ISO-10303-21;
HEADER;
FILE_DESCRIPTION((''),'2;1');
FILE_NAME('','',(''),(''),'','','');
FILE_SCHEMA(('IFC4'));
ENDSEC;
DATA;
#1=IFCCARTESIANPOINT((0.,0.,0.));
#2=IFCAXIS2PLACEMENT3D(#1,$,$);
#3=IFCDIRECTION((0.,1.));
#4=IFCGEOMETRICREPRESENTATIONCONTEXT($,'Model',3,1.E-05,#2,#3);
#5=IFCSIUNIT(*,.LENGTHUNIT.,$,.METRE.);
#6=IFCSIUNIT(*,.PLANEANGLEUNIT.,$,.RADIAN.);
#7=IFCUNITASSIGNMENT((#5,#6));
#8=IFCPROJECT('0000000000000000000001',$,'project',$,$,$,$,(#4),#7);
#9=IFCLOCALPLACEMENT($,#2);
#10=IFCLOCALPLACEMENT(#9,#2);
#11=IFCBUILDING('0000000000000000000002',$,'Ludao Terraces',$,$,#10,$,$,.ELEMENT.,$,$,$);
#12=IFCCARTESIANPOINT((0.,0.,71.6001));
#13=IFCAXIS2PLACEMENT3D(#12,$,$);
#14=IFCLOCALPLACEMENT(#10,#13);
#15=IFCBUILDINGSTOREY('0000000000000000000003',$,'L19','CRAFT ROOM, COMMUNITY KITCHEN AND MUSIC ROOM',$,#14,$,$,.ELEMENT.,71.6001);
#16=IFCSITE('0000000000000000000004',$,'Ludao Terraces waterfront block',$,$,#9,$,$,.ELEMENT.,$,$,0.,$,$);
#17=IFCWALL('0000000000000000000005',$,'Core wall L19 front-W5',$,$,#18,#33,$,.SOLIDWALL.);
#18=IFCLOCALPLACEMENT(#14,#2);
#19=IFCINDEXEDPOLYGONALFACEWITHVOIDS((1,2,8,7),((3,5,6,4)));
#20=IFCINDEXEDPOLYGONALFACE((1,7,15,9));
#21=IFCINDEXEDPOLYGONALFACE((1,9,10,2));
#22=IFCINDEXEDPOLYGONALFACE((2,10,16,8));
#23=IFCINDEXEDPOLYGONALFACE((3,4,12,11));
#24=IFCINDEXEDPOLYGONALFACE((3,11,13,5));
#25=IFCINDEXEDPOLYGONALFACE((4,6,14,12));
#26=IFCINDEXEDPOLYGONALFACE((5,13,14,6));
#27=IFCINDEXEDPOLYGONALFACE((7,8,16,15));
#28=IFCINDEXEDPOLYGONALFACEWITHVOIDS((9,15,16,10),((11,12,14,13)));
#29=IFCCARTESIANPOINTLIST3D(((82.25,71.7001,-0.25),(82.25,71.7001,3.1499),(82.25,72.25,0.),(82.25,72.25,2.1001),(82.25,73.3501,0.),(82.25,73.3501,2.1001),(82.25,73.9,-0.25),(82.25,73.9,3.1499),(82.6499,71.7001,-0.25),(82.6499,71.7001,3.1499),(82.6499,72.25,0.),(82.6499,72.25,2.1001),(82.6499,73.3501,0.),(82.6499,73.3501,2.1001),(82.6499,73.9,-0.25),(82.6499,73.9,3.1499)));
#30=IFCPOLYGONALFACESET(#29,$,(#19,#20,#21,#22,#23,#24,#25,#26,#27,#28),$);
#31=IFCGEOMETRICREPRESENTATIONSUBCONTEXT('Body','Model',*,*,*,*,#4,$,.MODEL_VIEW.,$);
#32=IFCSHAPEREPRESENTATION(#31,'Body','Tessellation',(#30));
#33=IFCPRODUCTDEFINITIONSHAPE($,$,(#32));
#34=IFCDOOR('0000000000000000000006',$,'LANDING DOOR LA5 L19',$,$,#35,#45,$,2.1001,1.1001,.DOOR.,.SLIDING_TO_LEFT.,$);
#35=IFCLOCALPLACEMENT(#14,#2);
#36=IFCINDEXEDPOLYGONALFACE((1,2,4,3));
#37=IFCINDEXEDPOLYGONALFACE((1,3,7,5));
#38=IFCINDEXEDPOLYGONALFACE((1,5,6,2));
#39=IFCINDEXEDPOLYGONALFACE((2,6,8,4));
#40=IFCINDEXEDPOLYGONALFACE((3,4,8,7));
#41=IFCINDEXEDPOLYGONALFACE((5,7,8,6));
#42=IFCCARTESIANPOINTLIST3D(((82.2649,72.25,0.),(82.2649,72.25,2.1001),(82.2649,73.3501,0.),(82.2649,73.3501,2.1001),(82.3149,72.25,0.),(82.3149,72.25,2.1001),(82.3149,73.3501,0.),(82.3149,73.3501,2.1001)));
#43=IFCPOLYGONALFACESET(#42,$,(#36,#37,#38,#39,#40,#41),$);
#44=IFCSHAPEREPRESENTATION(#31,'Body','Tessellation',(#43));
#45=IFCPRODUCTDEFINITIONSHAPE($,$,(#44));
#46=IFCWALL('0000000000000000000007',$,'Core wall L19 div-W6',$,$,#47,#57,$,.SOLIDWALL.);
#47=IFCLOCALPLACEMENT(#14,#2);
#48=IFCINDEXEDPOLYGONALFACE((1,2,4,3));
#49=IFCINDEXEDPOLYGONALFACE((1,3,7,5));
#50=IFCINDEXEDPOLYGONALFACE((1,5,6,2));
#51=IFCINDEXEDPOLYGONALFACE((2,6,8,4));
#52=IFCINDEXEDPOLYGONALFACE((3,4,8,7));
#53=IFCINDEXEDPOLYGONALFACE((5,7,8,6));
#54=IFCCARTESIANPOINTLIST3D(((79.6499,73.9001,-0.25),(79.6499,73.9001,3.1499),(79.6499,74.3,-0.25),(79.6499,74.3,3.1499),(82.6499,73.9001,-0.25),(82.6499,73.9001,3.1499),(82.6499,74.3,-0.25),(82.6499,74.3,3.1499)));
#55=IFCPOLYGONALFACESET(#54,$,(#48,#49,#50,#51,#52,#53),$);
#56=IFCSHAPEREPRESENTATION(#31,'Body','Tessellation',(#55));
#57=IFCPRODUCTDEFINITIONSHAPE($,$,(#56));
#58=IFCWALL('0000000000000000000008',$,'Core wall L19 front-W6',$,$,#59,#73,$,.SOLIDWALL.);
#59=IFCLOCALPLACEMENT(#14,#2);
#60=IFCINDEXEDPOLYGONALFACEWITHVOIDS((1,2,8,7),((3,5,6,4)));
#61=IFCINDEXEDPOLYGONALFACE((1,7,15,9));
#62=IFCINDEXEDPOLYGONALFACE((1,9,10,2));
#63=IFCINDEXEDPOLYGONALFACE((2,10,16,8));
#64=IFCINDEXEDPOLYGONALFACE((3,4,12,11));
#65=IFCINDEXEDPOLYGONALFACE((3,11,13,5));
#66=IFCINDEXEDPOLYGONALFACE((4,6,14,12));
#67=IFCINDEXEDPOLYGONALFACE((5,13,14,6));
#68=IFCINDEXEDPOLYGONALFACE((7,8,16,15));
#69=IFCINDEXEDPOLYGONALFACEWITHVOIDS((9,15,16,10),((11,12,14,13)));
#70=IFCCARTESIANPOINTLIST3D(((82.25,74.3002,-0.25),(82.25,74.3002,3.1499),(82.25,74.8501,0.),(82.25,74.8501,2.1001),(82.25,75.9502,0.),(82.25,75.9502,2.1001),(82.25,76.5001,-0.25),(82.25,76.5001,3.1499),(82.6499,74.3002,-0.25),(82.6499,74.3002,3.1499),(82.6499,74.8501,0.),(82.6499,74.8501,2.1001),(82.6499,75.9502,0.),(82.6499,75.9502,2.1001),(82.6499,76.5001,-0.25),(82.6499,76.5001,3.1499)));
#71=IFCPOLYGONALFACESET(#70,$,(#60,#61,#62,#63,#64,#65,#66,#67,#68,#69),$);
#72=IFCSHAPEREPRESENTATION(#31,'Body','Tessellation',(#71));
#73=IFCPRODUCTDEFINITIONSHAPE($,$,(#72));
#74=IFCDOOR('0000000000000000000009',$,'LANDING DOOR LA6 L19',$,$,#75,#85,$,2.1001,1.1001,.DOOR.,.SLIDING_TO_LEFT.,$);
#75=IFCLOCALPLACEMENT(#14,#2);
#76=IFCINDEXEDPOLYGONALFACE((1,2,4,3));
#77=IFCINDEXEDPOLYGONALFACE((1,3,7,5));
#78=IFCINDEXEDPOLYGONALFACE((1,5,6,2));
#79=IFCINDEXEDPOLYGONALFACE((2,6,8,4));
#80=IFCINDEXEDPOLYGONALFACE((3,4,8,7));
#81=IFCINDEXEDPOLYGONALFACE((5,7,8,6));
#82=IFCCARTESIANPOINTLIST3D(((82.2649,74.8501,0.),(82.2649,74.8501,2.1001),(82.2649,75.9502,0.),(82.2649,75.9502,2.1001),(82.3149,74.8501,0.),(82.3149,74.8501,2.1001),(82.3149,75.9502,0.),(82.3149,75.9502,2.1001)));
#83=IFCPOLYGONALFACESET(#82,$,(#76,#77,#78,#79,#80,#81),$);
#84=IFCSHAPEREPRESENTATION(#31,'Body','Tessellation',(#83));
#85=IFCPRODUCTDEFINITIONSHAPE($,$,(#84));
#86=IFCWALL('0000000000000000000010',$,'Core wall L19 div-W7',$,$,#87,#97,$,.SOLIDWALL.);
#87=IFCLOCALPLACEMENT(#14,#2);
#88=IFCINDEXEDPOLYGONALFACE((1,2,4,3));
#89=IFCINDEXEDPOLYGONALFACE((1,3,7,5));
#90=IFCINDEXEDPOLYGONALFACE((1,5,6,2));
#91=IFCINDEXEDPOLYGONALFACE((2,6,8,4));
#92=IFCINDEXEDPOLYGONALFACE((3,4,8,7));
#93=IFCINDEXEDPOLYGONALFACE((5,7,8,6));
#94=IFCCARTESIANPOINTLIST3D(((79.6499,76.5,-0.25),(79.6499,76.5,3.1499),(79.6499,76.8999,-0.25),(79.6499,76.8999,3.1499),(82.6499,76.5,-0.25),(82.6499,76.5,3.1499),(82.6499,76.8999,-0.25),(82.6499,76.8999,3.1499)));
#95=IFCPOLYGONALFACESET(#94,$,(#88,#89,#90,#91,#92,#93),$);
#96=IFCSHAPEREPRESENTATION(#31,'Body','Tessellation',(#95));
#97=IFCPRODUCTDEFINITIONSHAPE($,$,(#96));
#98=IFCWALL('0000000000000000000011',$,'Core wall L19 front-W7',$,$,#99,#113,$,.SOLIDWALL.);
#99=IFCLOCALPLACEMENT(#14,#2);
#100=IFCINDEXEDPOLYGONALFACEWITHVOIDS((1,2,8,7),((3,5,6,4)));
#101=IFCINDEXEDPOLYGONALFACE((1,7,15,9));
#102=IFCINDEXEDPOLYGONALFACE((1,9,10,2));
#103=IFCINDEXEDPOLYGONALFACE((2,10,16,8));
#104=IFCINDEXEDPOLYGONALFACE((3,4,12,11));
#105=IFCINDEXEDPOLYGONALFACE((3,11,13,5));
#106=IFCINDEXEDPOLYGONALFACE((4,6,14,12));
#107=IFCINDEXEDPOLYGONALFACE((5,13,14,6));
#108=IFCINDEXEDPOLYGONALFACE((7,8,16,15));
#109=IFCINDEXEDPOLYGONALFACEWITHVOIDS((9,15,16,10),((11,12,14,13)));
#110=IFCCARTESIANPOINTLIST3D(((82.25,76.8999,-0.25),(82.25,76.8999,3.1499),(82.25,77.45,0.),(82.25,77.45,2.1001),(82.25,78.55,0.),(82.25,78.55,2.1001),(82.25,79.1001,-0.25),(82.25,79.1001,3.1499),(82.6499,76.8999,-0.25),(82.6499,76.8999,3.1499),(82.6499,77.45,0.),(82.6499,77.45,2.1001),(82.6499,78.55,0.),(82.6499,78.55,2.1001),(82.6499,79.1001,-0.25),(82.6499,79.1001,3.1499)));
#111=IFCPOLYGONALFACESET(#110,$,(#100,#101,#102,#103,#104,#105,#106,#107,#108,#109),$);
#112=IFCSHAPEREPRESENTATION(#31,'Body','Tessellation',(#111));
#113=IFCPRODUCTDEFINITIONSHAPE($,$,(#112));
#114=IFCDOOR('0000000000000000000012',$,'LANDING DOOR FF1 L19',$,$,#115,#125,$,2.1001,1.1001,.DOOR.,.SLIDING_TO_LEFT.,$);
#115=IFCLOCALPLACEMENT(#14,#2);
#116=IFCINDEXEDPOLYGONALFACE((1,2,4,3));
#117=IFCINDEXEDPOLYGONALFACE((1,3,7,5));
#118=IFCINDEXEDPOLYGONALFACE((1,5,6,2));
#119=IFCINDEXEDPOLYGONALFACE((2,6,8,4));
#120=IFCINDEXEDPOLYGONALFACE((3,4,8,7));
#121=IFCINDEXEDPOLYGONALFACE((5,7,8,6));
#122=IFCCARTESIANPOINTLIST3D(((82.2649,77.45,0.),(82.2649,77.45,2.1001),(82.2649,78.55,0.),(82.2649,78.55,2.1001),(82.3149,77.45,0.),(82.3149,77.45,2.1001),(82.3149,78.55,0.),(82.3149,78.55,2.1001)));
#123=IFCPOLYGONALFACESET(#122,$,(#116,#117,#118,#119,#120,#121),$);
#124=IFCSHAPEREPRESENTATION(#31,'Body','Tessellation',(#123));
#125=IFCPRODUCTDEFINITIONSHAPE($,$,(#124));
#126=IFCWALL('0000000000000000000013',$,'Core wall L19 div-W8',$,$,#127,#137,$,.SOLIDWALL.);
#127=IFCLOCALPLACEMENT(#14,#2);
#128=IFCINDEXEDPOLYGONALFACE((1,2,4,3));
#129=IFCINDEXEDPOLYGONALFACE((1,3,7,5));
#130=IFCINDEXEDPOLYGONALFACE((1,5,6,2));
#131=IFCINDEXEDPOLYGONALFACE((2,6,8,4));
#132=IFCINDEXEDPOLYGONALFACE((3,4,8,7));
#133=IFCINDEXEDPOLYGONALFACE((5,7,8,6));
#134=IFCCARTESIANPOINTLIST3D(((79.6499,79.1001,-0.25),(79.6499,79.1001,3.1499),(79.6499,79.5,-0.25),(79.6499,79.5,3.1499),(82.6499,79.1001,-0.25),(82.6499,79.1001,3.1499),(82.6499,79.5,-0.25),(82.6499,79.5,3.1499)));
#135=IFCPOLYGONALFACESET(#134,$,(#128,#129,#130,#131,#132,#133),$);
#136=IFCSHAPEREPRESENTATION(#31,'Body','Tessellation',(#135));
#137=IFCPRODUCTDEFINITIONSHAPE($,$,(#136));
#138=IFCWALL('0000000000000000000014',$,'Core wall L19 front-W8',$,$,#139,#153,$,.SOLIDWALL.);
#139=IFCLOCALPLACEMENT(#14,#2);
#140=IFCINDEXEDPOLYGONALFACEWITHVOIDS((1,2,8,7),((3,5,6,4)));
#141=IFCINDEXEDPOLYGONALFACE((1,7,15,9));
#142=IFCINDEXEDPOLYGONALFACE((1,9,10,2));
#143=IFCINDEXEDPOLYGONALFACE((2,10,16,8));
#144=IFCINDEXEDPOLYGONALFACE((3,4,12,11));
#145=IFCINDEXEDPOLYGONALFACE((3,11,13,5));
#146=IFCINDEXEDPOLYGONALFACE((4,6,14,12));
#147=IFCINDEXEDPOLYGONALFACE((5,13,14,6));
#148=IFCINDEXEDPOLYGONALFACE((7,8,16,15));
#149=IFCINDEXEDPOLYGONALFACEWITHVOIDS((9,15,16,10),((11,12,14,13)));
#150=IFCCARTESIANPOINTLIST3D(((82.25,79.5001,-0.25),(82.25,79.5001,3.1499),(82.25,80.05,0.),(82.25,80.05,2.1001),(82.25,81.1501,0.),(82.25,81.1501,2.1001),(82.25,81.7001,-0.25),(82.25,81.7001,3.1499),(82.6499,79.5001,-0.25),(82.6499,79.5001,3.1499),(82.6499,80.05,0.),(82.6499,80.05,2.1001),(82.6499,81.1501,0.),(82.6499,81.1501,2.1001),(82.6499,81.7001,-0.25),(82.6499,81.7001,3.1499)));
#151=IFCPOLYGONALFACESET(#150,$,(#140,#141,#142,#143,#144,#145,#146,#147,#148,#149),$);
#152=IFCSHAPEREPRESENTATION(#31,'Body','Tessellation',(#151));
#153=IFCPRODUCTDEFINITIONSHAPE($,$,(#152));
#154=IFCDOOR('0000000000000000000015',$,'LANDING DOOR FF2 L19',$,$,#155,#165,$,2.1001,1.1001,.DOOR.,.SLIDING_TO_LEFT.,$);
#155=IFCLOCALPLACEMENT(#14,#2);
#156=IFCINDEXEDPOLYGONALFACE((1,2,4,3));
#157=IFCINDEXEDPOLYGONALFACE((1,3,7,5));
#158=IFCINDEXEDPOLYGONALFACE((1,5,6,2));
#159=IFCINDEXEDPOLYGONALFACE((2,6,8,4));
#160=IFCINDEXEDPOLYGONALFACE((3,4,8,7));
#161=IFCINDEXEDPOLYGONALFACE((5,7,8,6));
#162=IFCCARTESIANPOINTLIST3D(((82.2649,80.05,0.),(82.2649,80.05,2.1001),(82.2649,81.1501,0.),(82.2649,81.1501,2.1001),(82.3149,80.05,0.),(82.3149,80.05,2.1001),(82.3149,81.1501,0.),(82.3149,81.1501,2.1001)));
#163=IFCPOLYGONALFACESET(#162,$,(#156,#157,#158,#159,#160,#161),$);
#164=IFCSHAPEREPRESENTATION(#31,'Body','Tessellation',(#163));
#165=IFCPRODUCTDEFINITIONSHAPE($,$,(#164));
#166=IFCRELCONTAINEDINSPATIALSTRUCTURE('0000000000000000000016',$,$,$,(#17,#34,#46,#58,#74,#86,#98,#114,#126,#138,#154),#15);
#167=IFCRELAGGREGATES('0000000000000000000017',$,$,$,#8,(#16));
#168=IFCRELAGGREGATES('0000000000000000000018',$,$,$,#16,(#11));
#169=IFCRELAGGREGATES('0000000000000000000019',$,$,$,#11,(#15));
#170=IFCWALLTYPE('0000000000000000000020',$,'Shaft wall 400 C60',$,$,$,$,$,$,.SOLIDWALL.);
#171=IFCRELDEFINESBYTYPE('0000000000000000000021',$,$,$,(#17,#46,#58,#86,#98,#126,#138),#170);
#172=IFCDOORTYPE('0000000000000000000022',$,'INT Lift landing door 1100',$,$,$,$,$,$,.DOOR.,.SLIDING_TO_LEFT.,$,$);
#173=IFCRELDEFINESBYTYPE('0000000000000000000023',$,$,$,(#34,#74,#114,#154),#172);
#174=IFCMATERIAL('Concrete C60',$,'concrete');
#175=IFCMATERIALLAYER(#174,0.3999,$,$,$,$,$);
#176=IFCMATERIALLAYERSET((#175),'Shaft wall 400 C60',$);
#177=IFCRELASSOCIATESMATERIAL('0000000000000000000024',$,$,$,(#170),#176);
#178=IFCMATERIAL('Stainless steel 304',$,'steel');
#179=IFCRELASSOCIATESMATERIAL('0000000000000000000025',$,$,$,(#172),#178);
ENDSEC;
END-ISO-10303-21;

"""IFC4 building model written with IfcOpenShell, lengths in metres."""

from ifc_helpers import new_model, si_unit, direction, frame, frame_2d, origin, place, context, subcontext, project, spatial, rectangle, extrude, material, layer, layer_set, type_object, element, fill, save


model = new_model("IFC4")

# Units and contexts
model_context = context("Model", 3, precision=1e-05, world=origin(), true_north=direction((0.0, 1.0)))
body_context = subcontext(model_context, "Body", "Model", "MODEL_VIEW")
ifc_project = project(units=[si_unit("LENGTHUNIT", "METRE"), si_unit("PLANEANGLEUNIT", "RADIAN")], contexts=[model_context])

# Site, building, storey
site_placement = place(None, origin())
site = spatial("IfcSite", under=ifc_project, at=site_placement, Name="Ludao Terraces waterfront block", CompositionType="ELEMENT", RefElevation=0.0)
building_placement = place(site_placement, origin())
building = spatial("IfcBuilding", under=site, at=building_placement, Name="Ludao Terraces", CompositionType="ELEMENT")
storey_placement = place(building_placement, frame((0.0, 0.0, 71.6001)))
storey = spatial("IfcBuildingStorey", under=building, at=storey_placement, Name="L19", Description="CRAFT ROOM, COMMUNITY KITCHEN AND MUSIC ROOM", CompositionType="ELEMENT", Elevation=71.6001)

# Shared definitions
ifc_material_1 = material(Name="Concrete C60", Category="concrete")
ifc_layer_1 = layer(ifc_material_1, 0.3999)
ifc_layer_set_1 = layer_set([ifc_layer_1], Name="Shaft wall 400 C60")
wall_type_1 = type_object("IfcWallType", Name="Shaft wall 400 C60", PredefinedType="SOLIDWALL", material=ifc_layer_set_1)
ifc_material_2 = material(Name="Stainless steel 304", Category="steel")
door_type_1 = type_object("IfcDoorType", Name="INT Lift landing door 1100", OperationType="SLIDING_TO_LEFT", PredefinedType="DOOR", material=ifc_material_2)

# Wall, opening, door
wall_1_placement = place(storey_placement, frame((82.45, 71.7, -0.25), z_axis=(0.0, 0.0, 1.0), x_axis=(0.0, 1.0, 0.0)))
wall_1 = element("IfcWall", 1, at=wall_1_placement, inside=storey, type_object=wall_type_1, Name="Core wall L19 front-W5", PredefinedType="SOLIDWALL", context=body_context, shape_type="SweptSolid", body=[
    extrude(rectangle(XDim=2.2, YDim=0.3999, at=frame_2d((1.1001, 0.0))), origin(), (0.0, 0.0, 1.0), 3.3999),
])
opening_1_placement = place(wall_1_placement, frame((0.55, 0.0, 0.25)))
opening_1 = element("IfcOpeningElement", 2, at=opening_1_placement, cuts=wall_1, PredefinedType="OPENING", context=body_context, shape_type="SweptSolid", body=[
    extrude(rectangle(XDim=1.1001, YDim=2.1001, at=frame_2d((0.55, 1.05))), frame((0.0, 0.21, 0.0), z_axis=(0.0, -1.0, 0.0), x_axis=(1.0, 0.0, 0.0)), (0.0, 0.0, 1.0), 0.4199),
])
door_1_placement = place(opening_1_placement, origin())
door_1 = element("IfcDoor", 3, at=door_1_placement, inside=storey, type_object=door_type_1, Name="LANDING DOOR LA5 L19", OperationType="SLIDING_TO_LEFT", OverallHeight=2.1001, OverallWidth=1.1001, PredefinedType="DOOR", context=body_context, shape_type="SweptSolid", body=[
    extrude(rectangle(XDim=1.1001, YDim=2.1001, at=frame_2d((0.55, 1.05))), frame((0.0, 0.1851, 0.0), z_axis=(0.0, -1.0, 0.0), x_axis=(1.0, 0.0, 0.0)), (0.0, 0.0, 1.0), 0.05),
])
fill(opening_1, door_1)

# Wall
wall_2_placement = place(storey_placement, frame((79.6499, 74.1001, -0.25), z_axis=(0.0, 0.0, 1.0), x_axis=(1.0, 0.0, 0.0)))
element("IfcWall", 4, at=wall_2_placement, inside=storey, type_object=wall_type_1, Name="Core wall L19 div-W6", PredefinedType="SOLIDWALL", context=body_context, shape_type="SweptSolid", body=[
    extrude(rectangle(XDim=3.0, YDim=0.3999, at=frame_2d((1.5, 0.0))), origin(), (0.0, 0.0, 1.0), 3.3999),
])

# Wall, opening, door
wall_3_placement = place(storey_placement, frame((82.45, 74.3, -0.25), z_axis=(0.0, 0.0, 1.0), x_axis=(0.0, 1.0, 0.0)))
wall_3 = element("IfcWall", 5, at=wall_3_placement, inside=storey, type_object=wall_type_1, Name="Core wall L19 front-W6", PredefinedType="SOLIDWALL", context=body_context, shape_type="SweptSolid", body=[
    extrude(rectangle(XDim=2.2, YDim=0.3999, at=frame_2d((1.1001, 0.0))), origin(), (0.0, 0.0, 1.0), 3.3999),
])
opening_2_placement = place(wall_3_placement, frame((0.55, 0.0, 0.25)))
opening_2 = element("IfcOpeningElement", 6, at=opening_2_placement, cuts=wall_3, PredefinedType="OPENING", context=body_context, shape_type="SweptSolid", body=[
    extrude(rectangle(XDim=1.1001, YDim=2.1001, at=frame_2d((0.55, 1.05))), frame((0.0, 0.21, 0.0), z_axis=(0.0, -1.0, 0.0), x_axis=(1.0, 0.0, 0.0)), (0.0, 0.0, 1.0), 0.4199),
])
door_2_placement = place(opening_2_placement, origin())
door_2 = element("IfcDoor", 7, at=door_2_placement, inside=storey, type_object=door_type_1, Name="LANDING DOOR LA6 L19", OperationType="SLIDING_TO_LEFT", OverallHeight=2.1001, OverallWidth=1.1001, PredefinedType="DOOR", context=body_context, shape_type="SweptSolid", body=[
    extrude(rectangle(XDim=1.1001, YDim=2.1001, at=frame_2d((0.55, 1.05))), frame((0.0, 0.1851, 0.0), z_axis=(0.0, -1.0, 0.0), x_axis=(1.0, 0.0, 0.0)), (0.0, 0.0, 1.0), 0.05),
])
fill(opening_2, door_2)

# Wall
wall_4_placement = place(storey_placement, frame((79.6499, 76.7, -0.25), z_axis=(0.0, 0.0, 1.0), x_axis=(1.0, 0.0, 0.0)))
element("IfcWall", 8, at=wall_4_placement, inside=storey, type_object=wall_type_1, Name="Core wall L19 div-W7", PredefinedType="SOLIDWALL", context=body_context, shape_type="SweptSolid", body=[
    extrude(rectangle(XDim=3.0, YDim=0.3999, at=frame_2d((1.5, 0.0))), origin(), (0.0, 0.0, 1.0), 3.3999),
])

# Wall, opening, door
wall_5_placement = place(storey_placement, frame((82.45, 76.8999, -0.25), z_axis=(0.0, 0.0, 1.0), x_axis=(0.0, 1.0, 0.0)))
wall_5 = element("IfcWall", 9, at=wall_5_placement, inside=storey, type_object=wall_type_1, Name="Core wall L19 front-W7", PredefinedType="SOLIDWALL", context=body_context, shape_type="SweptSolid", body=[
    extrude(rectangle(XDim=2.2002, YDim=0.3999, at=frame_2d((1.1001, 0.0))), origin(), (0.0, 0.0, 1.0), 3.3999),
])
opening_3_placement = place(wall_5_placement, frame((0.55, 0.0, 0.25)))
opening_3 = element("IfcOpeningElement", 10, at=opening_3_placement, cuts=wall_5, PredefinedType="OPENING", context=body_context, shape_type="SweptSolid", body=[
    extrude(rectangle(XDim=1.1001, YDim=2.1001, at=frame_2d((0.55, 1.05))), frame((0.0, 0.21, 0.0), z_axis=(0.0, -1.0, 0.0), x_axis=(1.0, 0.0, 0.0)), (0.0, 0.0, 1.0), 0.4199),
])
door_3_placement = place(opening_3_placement, origin())
door_3 = element("IfcDoor", 11, at=door_3_placement, inside=storey, type_object=door_type_1, Name="LANDING DOOR FF1 L19", OperationType="SLIDING_TO_LEFT", OverallHeight=2.1001, OverallWidth=1.1001, PredefinedType="DOOR", context=body_context, shape_type="SweptSolid", body=[
    extrude(rectangle(XDim=1.1001, YDim=2.1001, at=frame_2d((0.55, 1.05))), frame((0.0, 0.1851, 0.0), z_axis=(0.0, -1.0, 0.0), x_axis=(1.0, 0.0, 0.0)), (0.0, 0.0, 1.0), 0.05),
])
fill(opening_3, door_3)

# Wall
wall_6_placement = place(storey_placement, frame((79.6499, 79.3, -0.25), z_axis=(0.0, 0.0, 1.0), x_axis=(1.0, 0.0, 0.0)))
element("IfcWall", 12, at=wall_6_placement, inside=storey, type_object=wall_type_1, Name="Core wall L19 div-W8", PredefinedType="SOLIDWALL", context=body_context, shape_type="SweptSolid", body=[
    extrude(rectangle(XDim=3.0, YDim=0.3999, at=frame_2d((1.5, 0.0))), origin(), (0.0, 0.0, 1.0), 3.3999),
])

# Wall, opening, door
wall_7_placement = place(storey_placement, frame((82.45, 79.5, -0.25), z_axis=(0.0, 0.0, 1.0), x_axis=(0.0, 1.0, 0.0)))
wall_7 = element("IfcWall", 13, at=wall_7_placement, inside=storey, type_object=wall_type_1, Name="Core wall L19 front-W8", PredefinedType="SOLIDWALL", context=body_context, shape_type="SweptSolid", body=[
    extrude(rectangle(XDim=2.2, YDim=0.3999, at=frame_2d((1.1001, 0.0))), origin(), (0.0, 0.0, 1.0), 3.3999),
])
opening_4_placement = place(wall_7_placement, frame((0.55, 0.0, 0.25)))
opening_4 = element("IfcOpeningElement", 14, at=opening_4_placement, cuts=wall_7, PredefinedType="OPENING", context=body_context, shape_type="SweptSolid", body=[
    extrude(rectangle(XDim=1.1001, YDim=2.1001, at=frame_2d((0.55, 1.05))), frame((0.0, 0.21, 0.0), z_axis=(0.0, -1.0, 0.0), x_axis=(1.0, 0.0, 0.0)), (0.0, 0.0, 1.0), 0.4199),
])
door_4_placement = place(opening_4_placement, origin())
door_4 = element("IfcDoor", 15, at=door_4_placement, inside=storey, type_object=door_type_1, Name="LANDING DOOR FF2 L19", OperationType="SLIDING_TO_LEFT", OverallHeight=2.1001, OverallWidth=1.1001, PredefinedType="DOOR", context=body_context, shape_type="SweptSolid", body=[
    extrude(rectangle(XDim=1.1001, YDim=2.1001, at=frame_2d((0.55, 1.05))), frame((0.0, 0.1851, 0.0), z_axis=(0.0, -1.0, 0.0), x_axis=(1.0, 0.0, 0.0)), (0.0, 0.0, 1.0), 0.05),
])
fill(opening_4, door_4)

save(model, "model.ifc")
